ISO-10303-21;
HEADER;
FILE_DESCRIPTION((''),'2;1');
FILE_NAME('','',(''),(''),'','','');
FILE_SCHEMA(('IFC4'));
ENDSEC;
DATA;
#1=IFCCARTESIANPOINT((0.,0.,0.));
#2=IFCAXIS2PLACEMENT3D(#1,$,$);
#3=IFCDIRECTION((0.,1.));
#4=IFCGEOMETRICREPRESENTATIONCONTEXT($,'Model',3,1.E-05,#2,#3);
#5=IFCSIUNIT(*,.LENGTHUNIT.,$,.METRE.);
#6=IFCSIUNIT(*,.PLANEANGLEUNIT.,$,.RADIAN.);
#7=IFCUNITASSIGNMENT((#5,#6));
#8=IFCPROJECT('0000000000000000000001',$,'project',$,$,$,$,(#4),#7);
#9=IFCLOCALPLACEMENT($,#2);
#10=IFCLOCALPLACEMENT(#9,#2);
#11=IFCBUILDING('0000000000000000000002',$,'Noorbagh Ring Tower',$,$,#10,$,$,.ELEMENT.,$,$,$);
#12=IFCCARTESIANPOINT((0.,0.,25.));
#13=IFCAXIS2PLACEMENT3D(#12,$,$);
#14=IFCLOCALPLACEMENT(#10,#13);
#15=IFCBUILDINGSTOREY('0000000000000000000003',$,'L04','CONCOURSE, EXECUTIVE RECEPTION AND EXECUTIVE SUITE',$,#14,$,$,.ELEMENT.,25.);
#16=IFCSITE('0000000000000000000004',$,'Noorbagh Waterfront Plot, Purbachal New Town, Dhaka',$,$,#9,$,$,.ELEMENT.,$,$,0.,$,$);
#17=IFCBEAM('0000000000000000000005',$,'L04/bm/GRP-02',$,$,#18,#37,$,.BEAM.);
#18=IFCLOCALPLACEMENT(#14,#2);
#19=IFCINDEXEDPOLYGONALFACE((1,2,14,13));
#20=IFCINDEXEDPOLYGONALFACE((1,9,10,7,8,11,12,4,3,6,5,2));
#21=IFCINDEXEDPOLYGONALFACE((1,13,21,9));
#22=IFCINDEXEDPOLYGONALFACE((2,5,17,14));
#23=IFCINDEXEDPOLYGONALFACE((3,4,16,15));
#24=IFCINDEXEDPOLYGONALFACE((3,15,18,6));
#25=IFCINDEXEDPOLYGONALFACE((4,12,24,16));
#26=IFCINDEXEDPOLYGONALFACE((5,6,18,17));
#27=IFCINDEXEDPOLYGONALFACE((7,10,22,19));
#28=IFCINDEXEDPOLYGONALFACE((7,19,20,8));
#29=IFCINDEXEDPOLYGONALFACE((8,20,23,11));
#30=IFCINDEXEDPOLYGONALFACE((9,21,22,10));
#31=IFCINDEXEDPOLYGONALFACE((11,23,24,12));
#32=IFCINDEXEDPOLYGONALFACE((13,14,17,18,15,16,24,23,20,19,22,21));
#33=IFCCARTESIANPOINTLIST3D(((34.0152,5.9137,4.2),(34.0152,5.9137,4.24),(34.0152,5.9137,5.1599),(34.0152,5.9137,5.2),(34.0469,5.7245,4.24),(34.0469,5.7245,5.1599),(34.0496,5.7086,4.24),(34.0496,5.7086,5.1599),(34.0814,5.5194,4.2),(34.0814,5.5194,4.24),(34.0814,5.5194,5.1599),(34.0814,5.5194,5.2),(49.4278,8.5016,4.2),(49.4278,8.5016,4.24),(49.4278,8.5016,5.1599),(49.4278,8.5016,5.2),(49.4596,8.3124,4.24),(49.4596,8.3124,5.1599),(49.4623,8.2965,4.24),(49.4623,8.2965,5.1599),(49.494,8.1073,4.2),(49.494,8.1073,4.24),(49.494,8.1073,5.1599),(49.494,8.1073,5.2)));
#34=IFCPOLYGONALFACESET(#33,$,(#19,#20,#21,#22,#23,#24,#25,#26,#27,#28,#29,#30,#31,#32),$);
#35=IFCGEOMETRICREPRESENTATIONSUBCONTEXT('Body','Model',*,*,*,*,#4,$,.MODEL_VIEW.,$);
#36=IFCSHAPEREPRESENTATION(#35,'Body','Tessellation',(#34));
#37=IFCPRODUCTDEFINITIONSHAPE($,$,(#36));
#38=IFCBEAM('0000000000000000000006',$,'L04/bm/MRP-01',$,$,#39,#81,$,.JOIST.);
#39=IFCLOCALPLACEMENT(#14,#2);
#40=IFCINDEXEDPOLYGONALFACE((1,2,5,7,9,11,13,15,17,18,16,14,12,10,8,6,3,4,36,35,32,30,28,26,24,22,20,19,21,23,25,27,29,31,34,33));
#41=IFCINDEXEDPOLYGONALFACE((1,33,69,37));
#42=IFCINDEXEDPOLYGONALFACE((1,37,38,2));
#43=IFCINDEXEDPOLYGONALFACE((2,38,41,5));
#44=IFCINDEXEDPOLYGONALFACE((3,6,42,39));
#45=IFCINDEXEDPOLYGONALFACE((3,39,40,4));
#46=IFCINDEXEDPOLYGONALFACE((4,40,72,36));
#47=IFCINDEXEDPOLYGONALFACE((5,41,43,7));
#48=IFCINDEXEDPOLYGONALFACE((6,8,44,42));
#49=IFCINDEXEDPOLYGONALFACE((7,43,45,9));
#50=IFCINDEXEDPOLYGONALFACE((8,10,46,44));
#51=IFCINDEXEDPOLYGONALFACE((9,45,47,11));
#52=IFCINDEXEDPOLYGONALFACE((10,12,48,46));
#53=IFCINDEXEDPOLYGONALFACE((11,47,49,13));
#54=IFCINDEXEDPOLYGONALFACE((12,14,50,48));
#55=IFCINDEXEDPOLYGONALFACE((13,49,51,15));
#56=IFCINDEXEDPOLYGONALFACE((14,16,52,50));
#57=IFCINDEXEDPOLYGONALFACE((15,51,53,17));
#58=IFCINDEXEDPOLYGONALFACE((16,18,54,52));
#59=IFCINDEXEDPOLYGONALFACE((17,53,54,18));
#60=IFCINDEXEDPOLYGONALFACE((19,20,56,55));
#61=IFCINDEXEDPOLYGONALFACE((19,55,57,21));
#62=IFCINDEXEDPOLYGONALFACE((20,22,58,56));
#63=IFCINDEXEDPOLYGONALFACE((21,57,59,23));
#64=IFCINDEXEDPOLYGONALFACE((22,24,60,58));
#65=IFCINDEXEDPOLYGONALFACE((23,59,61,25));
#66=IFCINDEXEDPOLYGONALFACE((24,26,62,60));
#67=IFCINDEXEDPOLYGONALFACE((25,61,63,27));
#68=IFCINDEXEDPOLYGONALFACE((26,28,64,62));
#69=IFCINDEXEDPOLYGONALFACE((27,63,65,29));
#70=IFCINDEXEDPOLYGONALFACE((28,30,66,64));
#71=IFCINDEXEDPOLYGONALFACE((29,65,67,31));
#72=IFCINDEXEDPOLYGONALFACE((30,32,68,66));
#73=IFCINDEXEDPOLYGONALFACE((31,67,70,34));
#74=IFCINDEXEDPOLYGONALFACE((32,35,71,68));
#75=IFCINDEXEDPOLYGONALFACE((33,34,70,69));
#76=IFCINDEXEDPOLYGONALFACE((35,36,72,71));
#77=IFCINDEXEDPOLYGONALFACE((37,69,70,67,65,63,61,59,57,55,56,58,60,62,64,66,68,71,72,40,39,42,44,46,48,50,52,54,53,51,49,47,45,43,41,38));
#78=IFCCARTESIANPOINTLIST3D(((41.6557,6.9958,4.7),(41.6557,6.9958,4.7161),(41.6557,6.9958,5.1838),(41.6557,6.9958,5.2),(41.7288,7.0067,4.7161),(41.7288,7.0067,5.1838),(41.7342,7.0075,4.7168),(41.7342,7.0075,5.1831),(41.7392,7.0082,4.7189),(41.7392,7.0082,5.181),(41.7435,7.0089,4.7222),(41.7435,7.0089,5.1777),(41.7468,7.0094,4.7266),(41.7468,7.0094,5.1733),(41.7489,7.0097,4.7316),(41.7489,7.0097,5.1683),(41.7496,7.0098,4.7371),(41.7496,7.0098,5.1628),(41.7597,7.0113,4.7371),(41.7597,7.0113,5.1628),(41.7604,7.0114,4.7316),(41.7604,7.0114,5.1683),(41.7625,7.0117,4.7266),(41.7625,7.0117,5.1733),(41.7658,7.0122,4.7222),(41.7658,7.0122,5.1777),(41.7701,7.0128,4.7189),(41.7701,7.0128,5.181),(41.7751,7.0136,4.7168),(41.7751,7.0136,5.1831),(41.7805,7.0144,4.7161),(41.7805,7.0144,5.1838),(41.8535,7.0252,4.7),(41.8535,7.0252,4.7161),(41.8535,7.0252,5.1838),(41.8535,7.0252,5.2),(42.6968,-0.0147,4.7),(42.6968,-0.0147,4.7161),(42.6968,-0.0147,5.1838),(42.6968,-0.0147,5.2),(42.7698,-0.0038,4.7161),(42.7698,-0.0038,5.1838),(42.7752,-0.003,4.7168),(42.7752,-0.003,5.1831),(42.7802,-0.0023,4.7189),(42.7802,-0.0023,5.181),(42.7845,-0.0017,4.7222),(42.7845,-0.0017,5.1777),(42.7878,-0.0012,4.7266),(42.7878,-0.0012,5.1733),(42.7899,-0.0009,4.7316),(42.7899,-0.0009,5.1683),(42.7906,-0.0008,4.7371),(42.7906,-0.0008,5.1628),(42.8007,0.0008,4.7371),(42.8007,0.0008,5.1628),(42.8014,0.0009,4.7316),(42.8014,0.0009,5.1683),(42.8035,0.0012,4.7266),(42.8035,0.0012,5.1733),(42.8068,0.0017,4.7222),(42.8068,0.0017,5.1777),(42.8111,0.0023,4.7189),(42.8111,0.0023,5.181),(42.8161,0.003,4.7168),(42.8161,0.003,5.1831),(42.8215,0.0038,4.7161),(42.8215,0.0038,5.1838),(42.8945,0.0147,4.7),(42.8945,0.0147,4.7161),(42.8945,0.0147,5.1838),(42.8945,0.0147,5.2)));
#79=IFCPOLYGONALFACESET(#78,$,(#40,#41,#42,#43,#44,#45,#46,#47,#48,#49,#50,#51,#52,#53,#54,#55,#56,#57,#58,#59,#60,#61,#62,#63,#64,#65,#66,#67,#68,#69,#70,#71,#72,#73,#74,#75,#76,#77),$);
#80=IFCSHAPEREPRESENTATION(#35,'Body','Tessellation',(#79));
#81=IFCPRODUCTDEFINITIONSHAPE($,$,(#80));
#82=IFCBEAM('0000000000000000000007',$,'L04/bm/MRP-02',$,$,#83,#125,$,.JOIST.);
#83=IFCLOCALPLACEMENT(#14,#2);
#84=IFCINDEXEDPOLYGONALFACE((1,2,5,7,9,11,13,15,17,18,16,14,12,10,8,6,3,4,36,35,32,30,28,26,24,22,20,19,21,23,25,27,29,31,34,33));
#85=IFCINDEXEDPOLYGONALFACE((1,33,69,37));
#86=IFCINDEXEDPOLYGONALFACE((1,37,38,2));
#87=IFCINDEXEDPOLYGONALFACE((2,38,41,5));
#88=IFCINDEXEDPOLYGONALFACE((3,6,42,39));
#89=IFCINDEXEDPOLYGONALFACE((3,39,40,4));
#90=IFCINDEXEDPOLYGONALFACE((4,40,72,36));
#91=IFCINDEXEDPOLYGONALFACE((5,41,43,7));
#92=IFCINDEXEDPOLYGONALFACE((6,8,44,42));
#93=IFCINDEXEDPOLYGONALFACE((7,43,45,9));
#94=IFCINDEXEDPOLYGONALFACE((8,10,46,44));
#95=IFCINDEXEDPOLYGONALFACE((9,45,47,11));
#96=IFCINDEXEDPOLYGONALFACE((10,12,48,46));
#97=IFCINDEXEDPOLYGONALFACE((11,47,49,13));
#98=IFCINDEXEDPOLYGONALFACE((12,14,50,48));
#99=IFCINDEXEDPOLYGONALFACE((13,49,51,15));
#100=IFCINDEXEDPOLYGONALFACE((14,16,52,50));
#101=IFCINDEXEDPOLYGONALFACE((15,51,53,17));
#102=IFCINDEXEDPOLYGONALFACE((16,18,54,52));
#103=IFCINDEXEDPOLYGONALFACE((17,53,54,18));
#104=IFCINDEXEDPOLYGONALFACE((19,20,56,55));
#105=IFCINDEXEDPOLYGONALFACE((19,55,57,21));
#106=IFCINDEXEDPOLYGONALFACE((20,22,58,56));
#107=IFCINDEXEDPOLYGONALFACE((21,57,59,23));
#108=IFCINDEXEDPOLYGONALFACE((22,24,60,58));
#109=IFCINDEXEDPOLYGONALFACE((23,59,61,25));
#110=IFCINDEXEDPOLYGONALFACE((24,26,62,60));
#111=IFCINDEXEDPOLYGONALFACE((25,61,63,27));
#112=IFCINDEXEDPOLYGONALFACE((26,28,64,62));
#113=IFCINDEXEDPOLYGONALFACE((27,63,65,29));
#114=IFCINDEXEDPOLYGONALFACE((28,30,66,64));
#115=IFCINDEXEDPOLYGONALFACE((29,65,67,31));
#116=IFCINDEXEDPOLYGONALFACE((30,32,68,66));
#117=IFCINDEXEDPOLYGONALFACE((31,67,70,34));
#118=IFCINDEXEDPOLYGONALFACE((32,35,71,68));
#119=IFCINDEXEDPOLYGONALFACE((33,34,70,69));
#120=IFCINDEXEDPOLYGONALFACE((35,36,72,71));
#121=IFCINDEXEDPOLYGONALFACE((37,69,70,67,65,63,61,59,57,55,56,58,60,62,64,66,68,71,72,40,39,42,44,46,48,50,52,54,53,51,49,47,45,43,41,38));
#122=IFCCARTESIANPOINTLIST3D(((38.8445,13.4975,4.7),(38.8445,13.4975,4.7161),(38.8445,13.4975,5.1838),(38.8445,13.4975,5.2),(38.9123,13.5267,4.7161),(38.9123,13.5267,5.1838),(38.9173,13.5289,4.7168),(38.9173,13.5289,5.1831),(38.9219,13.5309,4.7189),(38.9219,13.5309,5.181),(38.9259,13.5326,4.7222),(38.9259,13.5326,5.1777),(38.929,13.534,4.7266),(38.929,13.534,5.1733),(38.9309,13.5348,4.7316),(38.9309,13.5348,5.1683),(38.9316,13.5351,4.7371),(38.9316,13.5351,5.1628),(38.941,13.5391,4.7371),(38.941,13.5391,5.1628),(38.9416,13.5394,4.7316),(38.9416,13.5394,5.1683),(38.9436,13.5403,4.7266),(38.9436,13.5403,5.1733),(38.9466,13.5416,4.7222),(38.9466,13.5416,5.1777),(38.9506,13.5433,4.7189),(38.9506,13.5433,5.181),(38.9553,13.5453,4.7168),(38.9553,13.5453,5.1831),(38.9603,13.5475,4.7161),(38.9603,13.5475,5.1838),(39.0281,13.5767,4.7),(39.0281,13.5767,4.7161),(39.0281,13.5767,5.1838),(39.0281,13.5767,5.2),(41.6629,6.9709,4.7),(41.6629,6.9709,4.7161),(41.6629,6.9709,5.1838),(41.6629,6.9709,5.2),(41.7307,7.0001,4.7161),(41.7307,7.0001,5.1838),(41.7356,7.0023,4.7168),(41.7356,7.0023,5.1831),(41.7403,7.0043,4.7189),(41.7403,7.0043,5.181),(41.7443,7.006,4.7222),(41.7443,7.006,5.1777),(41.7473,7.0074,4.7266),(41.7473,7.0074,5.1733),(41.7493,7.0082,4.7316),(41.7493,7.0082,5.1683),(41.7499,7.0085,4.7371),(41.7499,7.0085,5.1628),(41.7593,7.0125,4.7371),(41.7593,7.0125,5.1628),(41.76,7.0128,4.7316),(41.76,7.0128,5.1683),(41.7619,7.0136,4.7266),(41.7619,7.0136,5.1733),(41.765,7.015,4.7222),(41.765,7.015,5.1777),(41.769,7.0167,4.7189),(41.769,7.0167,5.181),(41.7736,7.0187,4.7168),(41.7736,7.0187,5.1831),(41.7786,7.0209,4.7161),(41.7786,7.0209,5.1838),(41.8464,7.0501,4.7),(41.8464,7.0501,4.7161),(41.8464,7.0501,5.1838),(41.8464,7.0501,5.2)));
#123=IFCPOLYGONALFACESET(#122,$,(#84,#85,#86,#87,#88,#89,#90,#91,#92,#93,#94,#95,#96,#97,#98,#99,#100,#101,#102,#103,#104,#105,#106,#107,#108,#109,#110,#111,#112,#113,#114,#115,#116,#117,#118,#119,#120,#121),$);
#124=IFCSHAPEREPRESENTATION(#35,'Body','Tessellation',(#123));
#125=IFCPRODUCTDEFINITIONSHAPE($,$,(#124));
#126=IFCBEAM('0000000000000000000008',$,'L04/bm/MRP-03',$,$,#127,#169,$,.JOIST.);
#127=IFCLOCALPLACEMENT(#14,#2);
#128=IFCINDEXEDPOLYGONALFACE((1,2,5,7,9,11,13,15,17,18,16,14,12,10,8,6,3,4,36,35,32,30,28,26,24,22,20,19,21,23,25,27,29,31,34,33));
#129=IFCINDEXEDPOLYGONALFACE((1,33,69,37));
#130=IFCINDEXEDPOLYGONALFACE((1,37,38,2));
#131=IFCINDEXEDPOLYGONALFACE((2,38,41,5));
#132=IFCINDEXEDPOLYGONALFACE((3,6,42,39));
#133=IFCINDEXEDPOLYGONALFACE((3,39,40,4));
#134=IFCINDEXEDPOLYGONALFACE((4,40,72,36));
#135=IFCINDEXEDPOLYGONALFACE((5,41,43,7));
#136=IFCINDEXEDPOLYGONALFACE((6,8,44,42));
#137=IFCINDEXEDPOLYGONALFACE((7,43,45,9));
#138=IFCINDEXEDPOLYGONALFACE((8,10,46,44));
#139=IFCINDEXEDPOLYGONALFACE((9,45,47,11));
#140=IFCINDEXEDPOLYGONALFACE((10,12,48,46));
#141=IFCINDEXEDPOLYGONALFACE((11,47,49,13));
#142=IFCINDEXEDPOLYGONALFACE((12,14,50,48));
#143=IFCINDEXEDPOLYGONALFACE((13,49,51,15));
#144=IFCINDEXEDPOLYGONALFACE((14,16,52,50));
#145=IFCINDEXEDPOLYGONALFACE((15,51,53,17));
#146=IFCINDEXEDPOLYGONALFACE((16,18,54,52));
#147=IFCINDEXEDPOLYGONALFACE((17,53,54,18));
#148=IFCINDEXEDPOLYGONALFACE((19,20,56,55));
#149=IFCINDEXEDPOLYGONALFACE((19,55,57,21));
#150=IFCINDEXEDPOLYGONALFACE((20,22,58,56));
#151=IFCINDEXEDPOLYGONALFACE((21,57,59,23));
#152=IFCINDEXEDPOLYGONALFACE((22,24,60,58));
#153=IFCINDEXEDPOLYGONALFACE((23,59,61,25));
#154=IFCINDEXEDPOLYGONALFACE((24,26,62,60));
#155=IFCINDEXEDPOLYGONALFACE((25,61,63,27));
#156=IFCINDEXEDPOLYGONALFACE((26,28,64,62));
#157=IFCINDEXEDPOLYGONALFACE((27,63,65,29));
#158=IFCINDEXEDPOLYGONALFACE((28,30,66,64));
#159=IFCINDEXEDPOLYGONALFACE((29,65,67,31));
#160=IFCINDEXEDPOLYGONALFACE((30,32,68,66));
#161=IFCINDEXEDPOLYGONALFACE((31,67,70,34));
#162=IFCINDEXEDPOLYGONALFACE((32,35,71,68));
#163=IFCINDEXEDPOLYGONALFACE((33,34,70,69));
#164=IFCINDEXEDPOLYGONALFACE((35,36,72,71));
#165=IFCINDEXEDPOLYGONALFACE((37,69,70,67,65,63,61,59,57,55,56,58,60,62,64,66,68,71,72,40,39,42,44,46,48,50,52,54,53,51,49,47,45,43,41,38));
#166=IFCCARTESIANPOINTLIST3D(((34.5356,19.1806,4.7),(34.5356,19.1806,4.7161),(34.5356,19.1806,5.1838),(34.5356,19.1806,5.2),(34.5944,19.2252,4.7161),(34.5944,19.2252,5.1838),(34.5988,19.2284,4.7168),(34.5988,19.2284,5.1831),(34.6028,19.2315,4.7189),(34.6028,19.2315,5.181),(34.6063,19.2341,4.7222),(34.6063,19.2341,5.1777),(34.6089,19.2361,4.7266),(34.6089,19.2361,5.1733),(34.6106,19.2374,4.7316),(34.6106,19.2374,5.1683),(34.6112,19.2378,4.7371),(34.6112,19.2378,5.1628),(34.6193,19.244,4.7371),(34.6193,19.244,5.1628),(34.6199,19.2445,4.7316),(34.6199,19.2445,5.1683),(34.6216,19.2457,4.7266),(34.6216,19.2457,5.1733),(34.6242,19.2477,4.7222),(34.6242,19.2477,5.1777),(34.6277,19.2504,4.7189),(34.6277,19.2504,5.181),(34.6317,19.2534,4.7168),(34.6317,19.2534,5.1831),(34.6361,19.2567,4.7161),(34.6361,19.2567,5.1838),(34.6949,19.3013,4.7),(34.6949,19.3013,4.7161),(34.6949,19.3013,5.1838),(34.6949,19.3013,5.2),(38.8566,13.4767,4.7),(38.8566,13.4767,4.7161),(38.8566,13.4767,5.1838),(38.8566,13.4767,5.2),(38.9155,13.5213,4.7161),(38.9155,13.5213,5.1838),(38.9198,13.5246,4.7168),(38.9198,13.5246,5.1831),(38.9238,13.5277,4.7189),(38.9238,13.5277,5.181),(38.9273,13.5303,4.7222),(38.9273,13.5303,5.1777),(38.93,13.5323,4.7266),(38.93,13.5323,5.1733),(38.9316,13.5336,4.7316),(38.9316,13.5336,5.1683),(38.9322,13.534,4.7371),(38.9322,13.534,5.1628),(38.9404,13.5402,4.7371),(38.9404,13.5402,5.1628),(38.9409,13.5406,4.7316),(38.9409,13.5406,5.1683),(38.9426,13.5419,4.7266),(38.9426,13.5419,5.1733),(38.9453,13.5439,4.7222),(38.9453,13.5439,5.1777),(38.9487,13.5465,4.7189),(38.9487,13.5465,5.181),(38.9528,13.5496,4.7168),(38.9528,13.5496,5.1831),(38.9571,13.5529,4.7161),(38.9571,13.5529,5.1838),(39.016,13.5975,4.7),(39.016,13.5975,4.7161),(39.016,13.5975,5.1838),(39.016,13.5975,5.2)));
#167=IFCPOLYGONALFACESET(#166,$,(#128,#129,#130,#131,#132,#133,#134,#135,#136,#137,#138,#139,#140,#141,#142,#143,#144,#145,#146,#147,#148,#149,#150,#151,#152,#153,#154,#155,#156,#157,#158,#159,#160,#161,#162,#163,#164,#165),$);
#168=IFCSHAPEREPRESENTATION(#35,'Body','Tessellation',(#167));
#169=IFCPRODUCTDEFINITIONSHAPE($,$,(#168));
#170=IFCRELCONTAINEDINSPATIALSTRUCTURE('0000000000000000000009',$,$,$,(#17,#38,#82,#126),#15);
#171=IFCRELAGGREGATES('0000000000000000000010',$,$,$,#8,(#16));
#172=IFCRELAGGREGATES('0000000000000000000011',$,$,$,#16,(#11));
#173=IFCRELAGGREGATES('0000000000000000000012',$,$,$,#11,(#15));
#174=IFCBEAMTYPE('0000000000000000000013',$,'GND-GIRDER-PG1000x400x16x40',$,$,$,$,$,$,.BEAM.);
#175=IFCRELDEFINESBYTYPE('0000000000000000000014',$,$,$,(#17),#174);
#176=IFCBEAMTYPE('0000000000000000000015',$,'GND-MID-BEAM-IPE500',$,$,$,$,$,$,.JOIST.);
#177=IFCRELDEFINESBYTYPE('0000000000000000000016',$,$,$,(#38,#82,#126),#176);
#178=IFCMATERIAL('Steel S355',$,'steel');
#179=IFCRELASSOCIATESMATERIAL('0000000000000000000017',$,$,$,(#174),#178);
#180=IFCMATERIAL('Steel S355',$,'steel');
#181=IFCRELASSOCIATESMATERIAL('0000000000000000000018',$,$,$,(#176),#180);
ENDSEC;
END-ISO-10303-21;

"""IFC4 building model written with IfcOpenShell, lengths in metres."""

from ifc_helpers import new_model, si_unit, direction, frame, origin, origin_2d, place, context, subcontext, project, spatial, i_section, extrude, material, material_profile, profile_set, type_object, element, save


model = new_model("IFC4")

# Units and contexts
model_context = context("Model", 3, precision=1e-05, world=origin(), true_north=direction((0.0, 1.0)))
body_context = subcontext(model_context, "Body", "Model", "MODEL_VIEW")
ifc_project = project(units=[si_unit("LENGTHUNIT", "METRE"), si_unit("PLANEANGLEUNIT", "RADIAN")], contexts=[model_context])

# Site, building, storey
site_placement = place(None, origin())
site = spatial("IfcSite", under=ifc_project, at=site_placement, Name="Noorbagh Waterfront Plot, Purbachal New Town, Dhaka", CompositionType="ELEMENT", RefElevation=0.0)
building_placement = place(site_placement, origin())
building = spatial("IfcBuilding", under=site, at=building_placement, Name="Noorbagh Ring Tower", CompositionType="ELEMENT")
storey_placement = place(building_placement, frame((0.0, 0.0, 25.0)))
storey = spatial("IfcBuildingStorey", under=building, at=storey_placement, Name="L04", Description="CONCOURSE, EXECUTIVE RECEPTION AND EXECUTIVE SUITE", CompositionType="ELEMENT", Elevation=25.0)

# Beams
ifc_material_1 = material(Name="Steel S355", Category="steel")
ifc_material_profile_1 = material_profile(ifc_material_1, i_section(OverallWidth=0.3999, OverallDepth=1.0, WebThickness=0.0161, FlangeThickness=0.04, at=origin_2d()), Name="PG1000x400x16x40")
ifc_profile_set_1 = profile_set([ifc_material_profile_1], Name="Steel S355")
beam_type_1 = type_object("IfcBeamType", Name="GND-GIRDER-PG1000x400x16x40", PredefinedType="BEAM", material=ifc_profile_set_1)
beam_1_placement = place(storey_placement, frame((49.4609, 8.3044, 4.7), z_axis=(-0.986195, -0.165589, 0.0), x_axis=(0.165589, -0.986195, 0.0)))
element("IfcBeam", 1, at=beam_1_placement, inside=storey, type_object=beam_type_1, Name="L04/bm/GRP-02", PredefinedType="BEAM", context=body_context, shape_type="SweptSolid", body=[
    extrude(i_section(OverallWidth=0.3999, OverallDepth=1.0, WebThickness=0.0161, FlangeThickness=0.04, at=origin_2d()), origin(), (0.0, 0.0, 1.0), 15.6284),
])
ifc_material_2 = material(Name="Steel S355", Category="steel")
ifc_material_profile_2 = material_profile(ifc_material_2, i_section(OverallWidth=0.2, OverallDepth=0.5, WebThickness=0.0103, FlangeThickness=0.0161, FilletRadius=0.021, at=origin_2d()), Name="IPE500")
ifc_profile_set_2 = profile_set([ifc_material_profile_2], Name="Steel S355")
beam_type_2 = type_object("IfcBeamType", Name="GND-MID-BEAM-IPE500", PredefinedType="JOIST", material=ifc_profile_set_2)
beam_2_placement = place(storey_placement, frame((42.7957, 0.0, 4.95), z_axis=(-0.146883, 0.989154, 0.0), x_axis=(-0.989154, -0.146883, 0.0)))
element("IfcBeam", 2, at=beam_2_placement, inside=storey, type_object=beam_type_2, Name="L04/bm/MRP-01", PredefinedType="JOIST", context=body_context, shape_type="SweptSolid", body=[
    extrude(i_section(OverallWidth=0.2, OverallDepth=0.5, WebThickness=0.0103, FlangeThickness=0.0161, FilletRadius=0.021, at=origin_2d()), origin(), (0.0, 0.0, 1.0), 7.0874),
])
beam_3_placement = place(storey_placement, frame((41.7546, 7.0105, 4.95), z_axis=(-0.396442, 0.91806, 0.0), x_axis=(-0.91806, -0.396442, 0.0)))
element("IfcBeam", 3, at=beam_3_placement, inside=storey, type_object=beam_type_2, Name="L04/bm/MRP-02", PredefinedType="JOIST", context=body_context, shape_type="SweptSolid", body=[
    extrude(i_section(OverallWidth=0.2, OverallDepth=0.5, WebThickness=0.0103, FlangeThickness=0.0161, FilletRadius=0.021, at=origin_2d()), origin(), (0.0, 0.0, 1.0), 7.1091),
])
beam_4_placement = place(storey_placement, frame((38.9363, 13.5371, 4.95), z_axis=(-0.603852, 0.797096, 0.0), x_axis=(-0.797096, -0.603852, 0.0)))
element("IfcBeam", 4, at=beam_4_placement, inside=storey, type_object=beam_type_2, Name="L04/bm/MRP-03", PredefinedType="JOIST", context=body_context, shape_type="SweptSolid", body=[
    extrude(i_section(OverallWidth=0.2, OverallDepth=0.5, WebThickness=0.0103, FlangeThickness=0.0161, FilletRadius=0.021, at=origin_2d()), origin(), (0.0, 0.0, 1.0), 7.1558),
])

save(model, "model.ifc")
